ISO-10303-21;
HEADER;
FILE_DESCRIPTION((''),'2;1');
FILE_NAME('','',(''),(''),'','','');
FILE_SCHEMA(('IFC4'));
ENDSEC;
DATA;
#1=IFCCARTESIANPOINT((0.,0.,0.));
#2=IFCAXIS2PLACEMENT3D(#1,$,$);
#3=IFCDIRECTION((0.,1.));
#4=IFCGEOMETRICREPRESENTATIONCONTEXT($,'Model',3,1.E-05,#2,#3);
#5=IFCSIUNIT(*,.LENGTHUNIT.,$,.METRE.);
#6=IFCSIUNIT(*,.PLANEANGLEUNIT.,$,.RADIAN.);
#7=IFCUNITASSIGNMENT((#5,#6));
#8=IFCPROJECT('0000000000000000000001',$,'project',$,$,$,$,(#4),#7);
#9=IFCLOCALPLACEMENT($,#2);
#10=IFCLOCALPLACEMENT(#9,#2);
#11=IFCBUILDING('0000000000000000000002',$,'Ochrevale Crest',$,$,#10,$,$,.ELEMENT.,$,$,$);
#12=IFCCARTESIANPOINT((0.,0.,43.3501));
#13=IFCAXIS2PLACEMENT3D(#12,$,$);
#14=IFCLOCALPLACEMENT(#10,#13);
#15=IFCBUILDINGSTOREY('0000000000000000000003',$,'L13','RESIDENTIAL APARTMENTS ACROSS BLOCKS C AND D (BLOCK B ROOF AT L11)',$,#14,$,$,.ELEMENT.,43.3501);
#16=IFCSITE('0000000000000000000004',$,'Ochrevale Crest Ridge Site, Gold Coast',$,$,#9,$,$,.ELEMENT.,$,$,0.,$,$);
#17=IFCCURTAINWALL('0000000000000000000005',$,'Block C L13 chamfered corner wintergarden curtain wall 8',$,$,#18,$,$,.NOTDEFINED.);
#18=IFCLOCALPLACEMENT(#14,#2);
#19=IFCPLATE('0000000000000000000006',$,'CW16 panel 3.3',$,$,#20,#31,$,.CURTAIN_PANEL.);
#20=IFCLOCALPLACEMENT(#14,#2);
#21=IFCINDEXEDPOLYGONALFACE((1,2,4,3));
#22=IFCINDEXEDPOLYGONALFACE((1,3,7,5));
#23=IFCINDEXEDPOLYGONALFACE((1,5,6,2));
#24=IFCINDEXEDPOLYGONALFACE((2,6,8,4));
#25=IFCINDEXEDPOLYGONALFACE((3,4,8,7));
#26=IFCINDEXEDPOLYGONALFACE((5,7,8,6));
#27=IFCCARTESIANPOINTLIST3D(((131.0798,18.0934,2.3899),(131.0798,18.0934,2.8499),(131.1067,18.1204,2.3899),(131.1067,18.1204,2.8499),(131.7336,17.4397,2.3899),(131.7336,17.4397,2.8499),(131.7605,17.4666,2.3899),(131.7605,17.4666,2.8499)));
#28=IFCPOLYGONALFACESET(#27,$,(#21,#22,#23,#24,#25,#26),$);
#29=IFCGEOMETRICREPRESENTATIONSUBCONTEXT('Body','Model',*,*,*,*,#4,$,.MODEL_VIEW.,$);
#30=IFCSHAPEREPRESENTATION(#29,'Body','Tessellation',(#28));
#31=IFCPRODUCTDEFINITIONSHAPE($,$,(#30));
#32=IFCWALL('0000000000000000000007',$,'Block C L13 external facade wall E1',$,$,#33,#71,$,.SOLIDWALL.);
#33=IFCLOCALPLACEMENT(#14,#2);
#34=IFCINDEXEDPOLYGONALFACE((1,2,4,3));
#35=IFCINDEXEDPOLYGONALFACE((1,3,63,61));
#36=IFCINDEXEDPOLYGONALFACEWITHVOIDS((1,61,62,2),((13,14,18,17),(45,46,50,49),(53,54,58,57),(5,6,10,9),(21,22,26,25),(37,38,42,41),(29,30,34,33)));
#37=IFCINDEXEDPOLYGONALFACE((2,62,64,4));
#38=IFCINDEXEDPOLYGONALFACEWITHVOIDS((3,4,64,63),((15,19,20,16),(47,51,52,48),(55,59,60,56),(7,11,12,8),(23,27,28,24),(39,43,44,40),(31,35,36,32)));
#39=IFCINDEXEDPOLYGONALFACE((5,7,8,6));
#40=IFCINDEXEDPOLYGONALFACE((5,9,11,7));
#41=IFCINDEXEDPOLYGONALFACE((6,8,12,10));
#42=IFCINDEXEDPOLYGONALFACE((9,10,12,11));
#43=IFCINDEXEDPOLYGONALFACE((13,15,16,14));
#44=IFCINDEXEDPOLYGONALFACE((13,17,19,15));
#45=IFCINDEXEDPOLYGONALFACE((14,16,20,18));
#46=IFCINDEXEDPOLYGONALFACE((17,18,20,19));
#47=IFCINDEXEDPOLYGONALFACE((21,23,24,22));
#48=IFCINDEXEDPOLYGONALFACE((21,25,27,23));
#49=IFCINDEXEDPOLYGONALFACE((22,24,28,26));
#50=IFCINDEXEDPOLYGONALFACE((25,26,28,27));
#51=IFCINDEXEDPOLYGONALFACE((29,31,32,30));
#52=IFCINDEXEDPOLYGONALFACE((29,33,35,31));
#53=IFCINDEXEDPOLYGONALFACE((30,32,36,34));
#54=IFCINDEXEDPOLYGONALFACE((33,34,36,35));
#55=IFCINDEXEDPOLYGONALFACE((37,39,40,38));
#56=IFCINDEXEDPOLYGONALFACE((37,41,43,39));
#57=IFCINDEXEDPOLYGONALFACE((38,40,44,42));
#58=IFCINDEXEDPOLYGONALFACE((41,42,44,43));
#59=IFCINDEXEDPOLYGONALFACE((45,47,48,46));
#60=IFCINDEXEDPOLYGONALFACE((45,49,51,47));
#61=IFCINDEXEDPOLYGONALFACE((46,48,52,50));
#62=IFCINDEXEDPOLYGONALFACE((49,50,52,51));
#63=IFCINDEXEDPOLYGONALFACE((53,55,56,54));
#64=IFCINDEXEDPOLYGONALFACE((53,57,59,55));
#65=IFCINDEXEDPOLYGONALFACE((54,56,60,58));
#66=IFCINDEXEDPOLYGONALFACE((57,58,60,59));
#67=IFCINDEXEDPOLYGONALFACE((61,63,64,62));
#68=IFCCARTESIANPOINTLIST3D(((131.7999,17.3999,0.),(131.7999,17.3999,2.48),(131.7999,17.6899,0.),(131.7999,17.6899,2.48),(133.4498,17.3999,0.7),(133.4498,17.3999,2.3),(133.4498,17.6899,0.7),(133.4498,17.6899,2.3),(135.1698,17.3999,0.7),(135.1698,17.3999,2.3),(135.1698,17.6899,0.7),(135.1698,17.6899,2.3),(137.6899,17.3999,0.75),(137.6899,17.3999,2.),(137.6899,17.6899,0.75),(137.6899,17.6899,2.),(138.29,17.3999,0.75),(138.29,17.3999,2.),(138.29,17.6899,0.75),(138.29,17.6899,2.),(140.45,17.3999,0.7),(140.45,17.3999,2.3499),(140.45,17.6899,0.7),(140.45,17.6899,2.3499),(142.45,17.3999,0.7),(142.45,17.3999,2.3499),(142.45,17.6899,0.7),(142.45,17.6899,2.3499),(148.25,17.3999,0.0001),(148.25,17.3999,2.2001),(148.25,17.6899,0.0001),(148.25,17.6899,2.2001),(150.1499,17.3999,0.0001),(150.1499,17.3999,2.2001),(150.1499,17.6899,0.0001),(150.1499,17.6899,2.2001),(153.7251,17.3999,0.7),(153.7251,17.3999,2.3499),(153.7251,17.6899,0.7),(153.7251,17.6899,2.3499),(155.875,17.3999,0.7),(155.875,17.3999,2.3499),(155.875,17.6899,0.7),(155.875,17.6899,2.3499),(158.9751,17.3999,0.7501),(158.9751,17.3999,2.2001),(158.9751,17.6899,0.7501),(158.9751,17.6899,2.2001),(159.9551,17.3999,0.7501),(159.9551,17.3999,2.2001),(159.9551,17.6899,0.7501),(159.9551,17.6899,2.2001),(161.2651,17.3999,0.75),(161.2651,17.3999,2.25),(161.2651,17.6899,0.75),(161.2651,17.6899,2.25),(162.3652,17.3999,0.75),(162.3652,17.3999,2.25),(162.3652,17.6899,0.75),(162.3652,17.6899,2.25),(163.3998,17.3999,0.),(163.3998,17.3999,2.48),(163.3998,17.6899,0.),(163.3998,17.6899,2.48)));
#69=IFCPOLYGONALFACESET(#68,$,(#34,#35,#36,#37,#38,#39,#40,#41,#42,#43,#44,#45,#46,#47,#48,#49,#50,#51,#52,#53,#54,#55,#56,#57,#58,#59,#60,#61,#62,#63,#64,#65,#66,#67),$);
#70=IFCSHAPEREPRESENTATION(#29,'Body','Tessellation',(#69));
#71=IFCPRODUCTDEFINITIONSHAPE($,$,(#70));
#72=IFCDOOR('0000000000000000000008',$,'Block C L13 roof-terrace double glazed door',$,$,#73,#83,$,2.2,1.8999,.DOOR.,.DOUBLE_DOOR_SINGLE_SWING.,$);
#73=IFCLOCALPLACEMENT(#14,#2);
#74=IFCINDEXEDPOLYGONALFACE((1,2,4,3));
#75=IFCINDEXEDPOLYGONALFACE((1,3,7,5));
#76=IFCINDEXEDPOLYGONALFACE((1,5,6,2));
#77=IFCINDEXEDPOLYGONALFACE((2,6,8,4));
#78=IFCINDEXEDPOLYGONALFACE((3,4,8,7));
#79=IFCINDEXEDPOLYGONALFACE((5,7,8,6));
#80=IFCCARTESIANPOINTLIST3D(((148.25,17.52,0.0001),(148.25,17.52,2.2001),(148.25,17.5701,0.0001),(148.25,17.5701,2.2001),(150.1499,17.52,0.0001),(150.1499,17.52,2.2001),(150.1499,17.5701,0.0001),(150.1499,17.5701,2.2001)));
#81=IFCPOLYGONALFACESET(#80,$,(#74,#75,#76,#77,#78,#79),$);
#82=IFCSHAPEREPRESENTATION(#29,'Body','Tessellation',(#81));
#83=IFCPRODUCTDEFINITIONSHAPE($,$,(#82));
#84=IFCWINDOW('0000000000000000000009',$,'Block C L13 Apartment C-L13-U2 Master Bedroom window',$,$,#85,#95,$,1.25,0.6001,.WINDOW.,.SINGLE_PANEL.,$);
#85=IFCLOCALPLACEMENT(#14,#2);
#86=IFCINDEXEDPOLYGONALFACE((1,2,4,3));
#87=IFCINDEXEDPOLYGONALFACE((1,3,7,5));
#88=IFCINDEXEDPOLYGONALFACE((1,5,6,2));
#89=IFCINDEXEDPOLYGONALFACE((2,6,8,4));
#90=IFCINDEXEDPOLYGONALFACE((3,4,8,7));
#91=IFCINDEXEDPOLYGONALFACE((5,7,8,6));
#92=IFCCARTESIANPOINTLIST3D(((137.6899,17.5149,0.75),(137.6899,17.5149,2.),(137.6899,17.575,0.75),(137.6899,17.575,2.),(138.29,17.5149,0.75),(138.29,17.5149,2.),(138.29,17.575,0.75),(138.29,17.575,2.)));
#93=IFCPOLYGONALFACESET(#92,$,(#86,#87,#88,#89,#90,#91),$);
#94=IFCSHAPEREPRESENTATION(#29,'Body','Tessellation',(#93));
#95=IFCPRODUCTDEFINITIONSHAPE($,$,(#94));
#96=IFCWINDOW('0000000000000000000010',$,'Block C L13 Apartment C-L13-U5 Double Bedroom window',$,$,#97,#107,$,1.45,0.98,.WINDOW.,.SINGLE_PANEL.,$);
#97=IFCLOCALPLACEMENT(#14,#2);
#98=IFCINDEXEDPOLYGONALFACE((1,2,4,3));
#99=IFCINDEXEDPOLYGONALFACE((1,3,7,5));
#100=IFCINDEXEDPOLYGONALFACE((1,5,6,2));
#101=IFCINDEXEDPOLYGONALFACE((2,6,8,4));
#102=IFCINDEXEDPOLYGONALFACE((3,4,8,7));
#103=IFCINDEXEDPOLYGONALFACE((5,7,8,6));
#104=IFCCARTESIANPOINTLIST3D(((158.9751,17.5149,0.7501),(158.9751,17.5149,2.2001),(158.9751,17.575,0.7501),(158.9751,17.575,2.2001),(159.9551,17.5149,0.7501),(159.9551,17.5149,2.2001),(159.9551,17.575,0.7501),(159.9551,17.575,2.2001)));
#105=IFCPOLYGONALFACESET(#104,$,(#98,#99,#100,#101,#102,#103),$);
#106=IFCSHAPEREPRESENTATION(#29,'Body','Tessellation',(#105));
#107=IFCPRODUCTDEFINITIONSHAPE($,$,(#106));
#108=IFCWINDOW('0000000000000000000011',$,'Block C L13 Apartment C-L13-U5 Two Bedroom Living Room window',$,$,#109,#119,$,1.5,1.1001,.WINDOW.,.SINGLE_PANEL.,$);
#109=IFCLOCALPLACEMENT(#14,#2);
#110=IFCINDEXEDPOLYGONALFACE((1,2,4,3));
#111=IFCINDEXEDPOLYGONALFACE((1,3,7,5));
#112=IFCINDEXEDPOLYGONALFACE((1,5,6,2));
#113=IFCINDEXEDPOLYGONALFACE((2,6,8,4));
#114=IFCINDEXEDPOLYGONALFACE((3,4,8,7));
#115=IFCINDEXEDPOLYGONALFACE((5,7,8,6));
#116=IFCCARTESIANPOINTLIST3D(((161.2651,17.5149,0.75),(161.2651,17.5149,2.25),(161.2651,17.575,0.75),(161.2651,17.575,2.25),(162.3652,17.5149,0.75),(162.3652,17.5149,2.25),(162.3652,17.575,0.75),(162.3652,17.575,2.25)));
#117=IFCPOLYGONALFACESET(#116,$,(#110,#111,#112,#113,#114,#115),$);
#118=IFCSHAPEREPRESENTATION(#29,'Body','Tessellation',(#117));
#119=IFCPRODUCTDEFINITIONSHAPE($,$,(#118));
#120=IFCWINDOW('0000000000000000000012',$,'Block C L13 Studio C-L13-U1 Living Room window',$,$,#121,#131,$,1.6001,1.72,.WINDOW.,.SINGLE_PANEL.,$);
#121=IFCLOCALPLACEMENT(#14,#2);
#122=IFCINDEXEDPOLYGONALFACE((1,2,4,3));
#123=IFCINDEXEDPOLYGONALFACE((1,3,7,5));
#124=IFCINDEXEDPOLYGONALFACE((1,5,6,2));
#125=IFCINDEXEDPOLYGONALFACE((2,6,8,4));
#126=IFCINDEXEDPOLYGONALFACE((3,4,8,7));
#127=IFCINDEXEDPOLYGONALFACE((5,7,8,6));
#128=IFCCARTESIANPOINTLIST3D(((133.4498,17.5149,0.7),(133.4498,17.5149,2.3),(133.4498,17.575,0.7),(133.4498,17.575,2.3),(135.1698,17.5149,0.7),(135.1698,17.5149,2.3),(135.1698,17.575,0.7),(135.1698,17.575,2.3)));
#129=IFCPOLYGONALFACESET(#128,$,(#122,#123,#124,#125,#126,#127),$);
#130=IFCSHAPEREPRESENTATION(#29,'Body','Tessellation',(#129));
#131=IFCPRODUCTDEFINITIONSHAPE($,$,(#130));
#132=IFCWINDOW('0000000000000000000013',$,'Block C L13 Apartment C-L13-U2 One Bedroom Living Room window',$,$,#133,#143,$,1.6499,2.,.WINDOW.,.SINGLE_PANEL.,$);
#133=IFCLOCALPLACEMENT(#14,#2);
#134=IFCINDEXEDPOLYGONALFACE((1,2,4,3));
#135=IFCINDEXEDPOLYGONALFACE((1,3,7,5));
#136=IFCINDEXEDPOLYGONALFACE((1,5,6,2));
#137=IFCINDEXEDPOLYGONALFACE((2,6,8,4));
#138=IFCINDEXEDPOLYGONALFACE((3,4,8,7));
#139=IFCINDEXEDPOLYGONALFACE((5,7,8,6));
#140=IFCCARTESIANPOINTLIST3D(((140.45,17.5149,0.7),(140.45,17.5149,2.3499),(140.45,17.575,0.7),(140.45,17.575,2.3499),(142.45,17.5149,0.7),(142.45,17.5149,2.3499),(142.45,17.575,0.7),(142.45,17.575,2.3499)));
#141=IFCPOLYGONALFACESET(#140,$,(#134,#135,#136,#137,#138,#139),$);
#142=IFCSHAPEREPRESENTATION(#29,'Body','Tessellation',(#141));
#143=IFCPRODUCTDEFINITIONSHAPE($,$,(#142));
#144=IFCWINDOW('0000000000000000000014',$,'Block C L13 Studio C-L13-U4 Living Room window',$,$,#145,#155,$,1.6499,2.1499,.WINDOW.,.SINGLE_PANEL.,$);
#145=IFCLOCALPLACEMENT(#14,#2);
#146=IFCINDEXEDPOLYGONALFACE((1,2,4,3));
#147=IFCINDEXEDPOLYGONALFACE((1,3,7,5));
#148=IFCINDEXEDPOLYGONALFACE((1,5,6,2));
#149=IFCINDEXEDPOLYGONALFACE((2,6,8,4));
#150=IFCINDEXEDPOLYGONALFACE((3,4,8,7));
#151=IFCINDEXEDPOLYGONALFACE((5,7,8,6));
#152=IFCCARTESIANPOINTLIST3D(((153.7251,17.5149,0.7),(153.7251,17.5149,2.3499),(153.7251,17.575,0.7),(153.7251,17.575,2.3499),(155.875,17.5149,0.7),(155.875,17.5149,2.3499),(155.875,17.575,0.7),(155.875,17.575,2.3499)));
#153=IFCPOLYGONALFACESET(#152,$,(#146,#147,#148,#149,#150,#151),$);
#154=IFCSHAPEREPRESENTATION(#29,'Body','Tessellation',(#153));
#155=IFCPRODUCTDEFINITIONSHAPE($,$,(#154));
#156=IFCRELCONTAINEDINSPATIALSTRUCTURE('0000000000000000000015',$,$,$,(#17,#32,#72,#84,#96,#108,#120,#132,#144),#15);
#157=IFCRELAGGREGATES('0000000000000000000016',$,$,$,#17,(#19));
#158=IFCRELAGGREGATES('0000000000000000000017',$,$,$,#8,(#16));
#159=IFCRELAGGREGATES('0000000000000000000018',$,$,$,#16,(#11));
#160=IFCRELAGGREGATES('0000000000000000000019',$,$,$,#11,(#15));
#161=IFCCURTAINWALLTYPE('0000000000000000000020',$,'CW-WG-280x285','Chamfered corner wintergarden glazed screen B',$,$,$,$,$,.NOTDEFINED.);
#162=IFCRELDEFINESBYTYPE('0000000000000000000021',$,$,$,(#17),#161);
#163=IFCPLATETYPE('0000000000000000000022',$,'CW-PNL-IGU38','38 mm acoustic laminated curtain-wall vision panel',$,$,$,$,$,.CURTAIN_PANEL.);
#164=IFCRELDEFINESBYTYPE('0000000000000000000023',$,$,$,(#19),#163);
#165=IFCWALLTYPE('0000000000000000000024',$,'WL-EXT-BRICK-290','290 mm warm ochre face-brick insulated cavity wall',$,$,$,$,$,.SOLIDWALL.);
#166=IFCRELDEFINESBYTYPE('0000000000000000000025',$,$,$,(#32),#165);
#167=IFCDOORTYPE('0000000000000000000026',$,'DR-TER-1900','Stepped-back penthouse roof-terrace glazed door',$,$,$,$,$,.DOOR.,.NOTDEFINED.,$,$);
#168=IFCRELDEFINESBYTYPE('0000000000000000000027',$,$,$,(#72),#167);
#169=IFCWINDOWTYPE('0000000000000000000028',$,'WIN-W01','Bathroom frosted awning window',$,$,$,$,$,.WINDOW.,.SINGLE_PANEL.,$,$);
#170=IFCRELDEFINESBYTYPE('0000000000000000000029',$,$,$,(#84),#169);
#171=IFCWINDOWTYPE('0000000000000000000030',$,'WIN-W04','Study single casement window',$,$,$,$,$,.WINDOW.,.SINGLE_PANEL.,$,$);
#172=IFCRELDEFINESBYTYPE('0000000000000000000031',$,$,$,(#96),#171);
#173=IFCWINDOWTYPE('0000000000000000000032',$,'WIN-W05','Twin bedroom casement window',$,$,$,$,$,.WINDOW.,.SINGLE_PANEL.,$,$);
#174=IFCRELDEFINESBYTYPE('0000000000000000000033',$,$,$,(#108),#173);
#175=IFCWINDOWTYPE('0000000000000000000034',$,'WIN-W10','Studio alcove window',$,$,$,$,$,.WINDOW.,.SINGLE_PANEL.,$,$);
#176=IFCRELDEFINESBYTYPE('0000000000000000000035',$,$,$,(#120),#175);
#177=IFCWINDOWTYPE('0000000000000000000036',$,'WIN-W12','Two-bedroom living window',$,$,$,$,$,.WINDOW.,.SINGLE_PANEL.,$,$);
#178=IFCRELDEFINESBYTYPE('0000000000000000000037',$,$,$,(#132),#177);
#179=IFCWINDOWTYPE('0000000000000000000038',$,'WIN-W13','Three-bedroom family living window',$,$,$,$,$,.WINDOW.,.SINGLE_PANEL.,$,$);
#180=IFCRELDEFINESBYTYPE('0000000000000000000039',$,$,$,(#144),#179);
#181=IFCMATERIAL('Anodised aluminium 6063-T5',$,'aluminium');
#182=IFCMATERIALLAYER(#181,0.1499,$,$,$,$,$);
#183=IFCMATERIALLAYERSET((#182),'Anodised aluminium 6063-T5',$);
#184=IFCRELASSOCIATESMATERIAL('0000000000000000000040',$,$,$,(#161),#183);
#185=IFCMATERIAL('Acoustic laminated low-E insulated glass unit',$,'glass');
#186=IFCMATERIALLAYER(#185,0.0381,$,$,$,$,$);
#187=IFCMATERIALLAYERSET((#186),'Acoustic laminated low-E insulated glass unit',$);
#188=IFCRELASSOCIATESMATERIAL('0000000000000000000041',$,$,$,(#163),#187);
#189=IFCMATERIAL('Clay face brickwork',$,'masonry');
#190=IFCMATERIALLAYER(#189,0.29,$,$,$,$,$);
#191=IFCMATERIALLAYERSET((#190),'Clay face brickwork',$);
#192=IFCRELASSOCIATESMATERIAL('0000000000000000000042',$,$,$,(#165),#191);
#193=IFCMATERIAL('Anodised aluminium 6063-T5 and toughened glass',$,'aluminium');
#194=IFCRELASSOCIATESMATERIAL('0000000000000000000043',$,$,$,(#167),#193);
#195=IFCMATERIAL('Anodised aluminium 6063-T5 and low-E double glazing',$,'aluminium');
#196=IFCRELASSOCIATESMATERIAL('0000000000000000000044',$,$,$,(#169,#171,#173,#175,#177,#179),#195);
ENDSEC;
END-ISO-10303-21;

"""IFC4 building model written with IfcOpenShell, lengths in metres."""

from ifc_helpers import new_model, si_unit, direction, frame, frame_2d, origin, origin_2d, place, context, subcontext, project, spatial, rectangle, extrude, material, layer, layer_set, type_object, element, fill, aggregate, save


model = new_model("IFC4")

# Units and contexts
model_context = context("Model", 3, precision=1e-05, world=origin(), true_north=direction((0.0, 1.0)))
body_context = subcontext(model_context, "Body", "Model", "MODEL_VIEW")
ifc_project = project(units=[si_unit("LENGTHUNIT", "METRE"), si_unit("PLANEANGLEUNIT", "RADIAN")], contexts=[model_context])

# Site, building, storey
site_placement = place(None, origin())
site = spatial("IfcSite", under=ifc_project, at=site_placement, Name="Ochrevale Crest Ridge Site, Gold Coast", CompositionType="ELEMENT", RefElevation=0.0)
building_placement = place(site_placement, origin())
building = spatial("IfcBuilding", under=site, at=building_placement, Name="Ochrevale Crest", CompositionType="ELEMENT")
storey_placement = place(building_placement, frame((0.0, 0.0, 43.3501)))
storey = spatial("IfcBuildingStorey", under=building, at=storey_placement, Name="L13", Description="RESIDENTIAL APARTMENTS ACROSS BLOCKS C AND D (BLOCK B ROOF AT L11)", CompositionType="ELEMENT", Elevation=43.3501)

# Curtain wall, plate
ifc_material_1 = material(Name="Anodised aluminium 6063-T5", Category="aluminium")
ifc_layer_1 = layer(ifc_material_1, 0.1499)
ifc_layer_set_1 = layer_set([ifc_layer_1], Name="Anodised aluminium 6063-T5")
curtain_wall_type = type_object("IfcCurtainWallType", Name="CW-WG-280x285", Description="Chamfered corner wintergarden glazed screen B", PredefinedType="NOTDEFINED", material=ifc_layer_set_1)
curtain_wall_placement = place(storey_placement, origin())
curtain_wall = element("IfcCurtainWall", 1, at=curtain_wall_placement, inside=storey, type_object=curtain_wall_type, Name="Block C L13 chamfered corner wintergarden curtain wall 8", PredefinedType="NOTDEFINED")
ifc_material_2 = material(Name="Acoustic laminated low-E insulated glass unit", Category="glass")
ifc_layer_2 = layer(ifc_material_2, 0.0381)
ifc_layer_set_2 = layer_set([ifc_layer_2], Name="Acoustic laminated low-E insulated glass unit")
plate_type = type_object("IfcPlateType", Name="CW-PNL-IGU38", Description="38 mm acoustic laminated curtain-wall vision panel", PredefinedType="CURTAIN_PANEL", material=ifc_layer_set_2)
plate_1_placement = place(storey_placement, frame((131.4202, 17.78, 2.3899), z_axis=(0.0, 0.0, 1.0), x_axis=(0.707107, -0.707107, 0.0)))
plate_1 = element("IfcPlate", 2, at=plate_1_placement, type_object=plate_type, Name="CW16 panel 3.3", PredefinedType="CURTAIN_PANEL", context=body_context, shape_type="SweptSolid", body=[
    extrude(rectangle(XDim=0.9246, YDim=0.0381, at=origin_2d()), origin(), (0.0, 0.0, 1.0), 0.46),
])
aggregate(curtain_wall, [plate_1])

# Wall, openings, door, windows
ifc_material_3 = material(Name="Clay face brickwork", Category="masonry")
ifc_layer_3 = layer(ifc_material_3, 0.29)
ifc_layer_set_3 = layer_set([ifc_layer_3], Name="Clay face brickwork")
wall_type_1 = type_object("IfcWallType", Name="WL-EXT-BRICK-290", Description="290 mm warm ochre face-brick insulated cavity wall", PredefinedType="SOLIDWALL", material=ifc_layer_set_3)
wall_1_placement = place(storey_placement, frame((131.8, 17.5449, 0.0), z_axis=(0.0, 0.0, 1.0), x_axis=(1.0, 0.0, 0.0)))
wall_1 = element("IfcWall", 3, at=wall_1_placement, inside=storey, type_object=wall_type_1, Name="Block C L13 external facade wall E1", PredefinedType="SOLIDWALL", context=body_context, shape_type="SweptSolid", body=[
    extrude(rectangle(XDim=31.5999, YDim=0.29, at=frame_2d((15.7998, 0.0))), origin(), (0.0, 0.0, 1.0), 2.48),
])
opening_1_placement = place(wall_1_placement, frame((18.3499, 0.0, 0.0), z_axis=(0.0, 0.0, 1.0), x_axis=(-1.0, 0.0, 0.0)))
opening_1 = element("IfcOpeningElement", 4, at=opening_1_placement, cuts=wall_1, PredefinedType="OPENING", context=body_context, shape_type="SweptSolid", body=[
    extrude(rectangle(XDim=1.8999, YDim=2.2, at=frame_2d((0.95, 1.1001))), frame((0.0, 0.155, 0.0), z_axis=(0.0, -1.0, 0.0), x_axis=(1.0, 0.0, 0.0)), (0.0, 0.0, 1.0), 0.3101),
])
opening_2_placement = place(wall_1_placement, frame((1.6499, 0.0, 0.7)))
opening_2 = element("IfcOpeningElement", 5, at=opening_2_placement, cuts=wall_1, PredefinedType="OPENING", context=body_context, shape_type="SweptSolid", body=[
    extrude(rectangle(XDim=1.72, YDim=1.6001, at=frame_2d((0.8599, 0.8))), frame((0.0, 0.155, 0.0), z_axis=(0.0, -1.0, 0.0), x_axis=(1.0, 0.0, 0.0)), (0.0, 0.0, 1.0), 0.3101),
])
opening_3_placement = place(wall_1_placement, frame((5.8899, 0.0, 0.75)))
opening_3 = element("IfcOpeningElement", 6, at=opening_3_placement, cuts=wall_1, PredefinedType="OPENING", context=body_context, shape_type="SweptSolid", body=[
    extrude(rectangle(XDim=0.6001, YDim=1.25, at=frame_2d((0.3, 0.625))), frame((0.0, 0.155, 0.0), z_axis=(0.0, -1.0, 0.0), x_axis=(1.0, 0.0, 0.0)), (0.0, 0.0, 1.0), 0.3101),
])
opening_4_placement = place(wall_1_placement, frame((8.6499, 0.0, 0.7)))
opening_4 = element("IfcOpeningElement", 7, at=opening_4_placement, cuts=wall_1, PredefinedType="OPENING", context=body_context, shape_type="SweptSolid", body=[
    extrude(rectangle(XDim=2.0, YDim=1.6499, at=frame_2d((1.0, 0.825))), frame((0.0, 0.155, 0.0), z_axis=(0.0, -1.0, 0.0), x_axis=(1.0, 0.0, 0.0)), (0.0, 0.0, 1.0), 0.3101),
])
opening_5_placement = place(wall_1_placement, frame((21.925, 0.0, 0.7)))
opening_5 = element("IfcOpeningElement", 8, at=opening_5_placement, cuts=wall_1, PredefinedType="OPENING", context=body_context, shape_type="SweptSolid", body=[
    extrude(rectangle(XDim=2.1499, YDim=1.6499, at=frame_2d((1.075, 0.825))), frame((0.0, 0.155, 0.0), z_axis=(0.0, -1.0, 0.0), x_axis=(1.0, 0.0, 0.0)), (0.0, 0.0, 1.0), 0.3101),
])
opening_6_placement = place(wall_1_placement, frame((27.175, 0.0, 0.75)))
opening_6 = element("IfcOpeningElement", 9, at=opening_6_placement, cuts=wall_1, PredefinedType="OPENING", context=body_context, shape_type="SweptSolid", body=[
    extrude(rectangle(XDim=0.98, YDim=1.45, at=frame_2d((0.49, 0.7251))), frame((0.0, 0.155, 0.0), z_axis=(0.0, -1.0, 0.0), x_axis=(1.0, 0.0, 0.0)), (0.0, 0.0, 1.0), 0.3101),
])
opening_7_placement = place(wall_1_placement, frame((29.4651, 0.0, 0.75)))
opening_7 = element("IfcOpeningElement", 10, at=opening_7_placement, cuts=wall_1, PredefinedType="OPENING", context=body_context, shape_type="SweptSolid", body=[
    extrude(rectangle(XDim=1.1001, YDim=1.5, at=frame_2d((0.55, 0.75))), frame((0.0, 0.155, 0.0), z_axis=(0.0, -1.0, 0.0), x_axis=(1.0, 0.0, 0.0)), (0.0, 0.0, 1.0), 0.3101),
])
ifc_material_4 = material(Name="Anodised aluminium 6063-T5 and toughened glass", Category="aluminium")
door_type = type_object("IfcDoorType", Name="DR-TER-1900", Description="Stepped-back penthouse roof-terrace glazed door", OperationType="NOTDEFINED", PredefinedType="DOOR", material=ifc_material_4)
door_placement = place(opening_1_placement, origin())
door = element("IfcDoor", 11, at=door_placement, inside=storey, type_object=door_type, Name="Block C L13 roof-terrace double glazed door", OperationType="DOUBLE_DOOR_SINGLE_SWING", OverallHeight=2.2, OverallWidth=1.8999, PredefinedType="DOOR", context=body_context, shape_type="SweptSolid", body=[
    extrude(rectangle(XDim=1.8999, YDim=2.2, at=frame_2d((0.95, 1.1001))), frame((0.0, 0.0249, 0.0), z_axis=(0.0, -1.0, 0.0), x_axis=(1.0, 0.0, 0.0)), (0.0, 0.0, 1.0), 0.05),
])
fill(opening_1, door)
ifc_material_5 = material(Name="Anodised aluminium 6063-T5 and low-E double glazing", Category="aluminium")
window_type_1 = type_object("IfcWindowType", Name="WIN-W01", Description="Bathroom frosted awning window", PartitioningType="SINGLE_PANEL", PredefinedType="WINDOW", material=ifc_material_5)
window_1_placement = place(opening_3_placement, origin())
window_1 = element("IfcWindow", 12, at=window_1_placement, inside=storey, type_object=window_type_1, Name="Block C L13 Apartment C-L13-U2 Master Bedroom window", OverallHeight=1.25, OverallWidth=0.6001, PartitioningType="SINGLE_PANEL", PredefinedType="WINDOW", context=body_context, shape_type="SweptSolid", body=[
    extrude(rectangle(XDim=0.6001, YDim=1.25, at=frame_2d((0.3, 0.625))), frame((0.0, 0.03, 0.0), z_axis=(0.0, -1.0, 0.0), x_axis=(1.0, 0.0, 0.0)), (0.0, 0.0, 1.0), 0.0601),
])
fill(opening_3, window_1)
window_type_2 = type_object("IfcWindowType", Name="WIN-W04", Description="Study single casement window", PartitioningType="SINGLE_PANEL", PredefinedType="WINDOW", material=ifc_material_5)
window_2_placement = place(opening_6_placement, origin())
window_2 = element("IfcWindow", 13, at=window_2_placement, inside=storey, type_object=window_type_2, Name="Block C L13 Apartment C-L13-U5 Double Bedroom window", OverallHeight=1.45, OverallWidth=0.98, PartitioningType="SINGLE_PANEL", PredefinedType="WINDOW", context=body_context, shape_type="SweptSolid", body=[
    extrude(rectangle(XDim=0.98, YDim=1.45, at=frame_2d((0.49, 0.7251))), frame((0.0, 0.03, 0.0), z_axis=(0.0, -1.0, 0.0), x_axis=(1.0, 0.0, 0.0)), (0.0, 0.0, 1.0), 0.0601),
])
fill(opening_6, window_2)
window_type_3 = type_object("IfcWindowType", Name="WIN-W05", Description="Twin bedroom casement window", PartitioningType="SINGLE_PANEL", PredefinedType="WINDOW", material=ifc_material_5)
window_3_placement = place(opening_7_placement, origin())
window_3 = element("IfcWindow", 14, at=window_3_placement, inside=storey, type_object=window_type_3, Name="Block C L13 Apartment C-L13-U5 Two Bedroom Living Room window", OverallHeight=1.5, OverallWidth=1.1001, PartitioningType="SINGLE_PANEL", PredefinedType="WINDOW", context=body_context, shape_type="SweptSolid", body=[
    extrude(rectangle(XDim=1.1001, YDim=1.5, at=frame_2d((0.55, 0.75))), frame((0.0, 0.03, 0.0), z_axis=(0.0, -1.0, 0.0), x_axis=(1.0, 0.0, 0.0)), (0.0, 0.0, 1.0), 0.0601),
])
fill(opening_7, window_3)
window_type_4 = type_object("IfcWindowType", Name="WIN-W10", Description="Studio alcove window", PartitioningType="SINGLE_PANEL", PredefinedType="WINDOW", material=ifc_material_5)
window_4_placement = place(opening_2_placement, origin())
window_4 = element("IfcWindow", 15, at=window_4_placement, inside=storey, type_object=window_type_4, Name="Block C L13 Studio C-L13-U1 Living Room window", OverallHeight=1.6001, OverallWidth=1.72, PartitioningType="SINGLE_PANEL", PredefinedType="WINDOW", context=body_context, shape_type="SweptSolid", body=[
    extrude(rectangle(XDim=1.72, YDim=1.6001, at=frame_2d((0.8599, 0.8))), frame((0.0, 0.03, 0.0), z_axis=(0.0, -1.0, 0.0), x_axis=(1.0, 0.0, 0.0)), (0.0, 0.0, 1.0), 0.0601),
])
fill(opening_2, window_4)
window_type_5 = type_object("IfcWindowType", Name="WIN-W12", Description="Two-bedroom living window", PartitioningType="SINGLE_PANEL", PredefinedType="WINDOW", material=ifc_material_5)
window_5_placement = place(opening_4_placement, origin())
window_5 = element("IfcWindow", 16, at=window_5_placement, inside=storey, type_object=window_type_5, Name="Block C L13 Apartment C-L13-U2 One Bedroom Living Room window", OverallHeight=1.6499, OverallWidth=2.0, PartitioningType="SINGLE_PANEL", PredefinedType="WINDOW", context=body_context, shape_type="SweptSolid", body=[
    extrude(rectangle(XDim=2.0, YDim=1.6499, at=frame_2d((1.0, 0.825))), frame((0.0, 0.03, 0.0), z_axis=(0.0, -1.0, 0.0), x_axis=(1.0, 0.0, 0.0)), (0.0, 0.0, 1.0), 0.0601),
])
fill(opening_4, window_5)
window_type_6 = type_object("IfcWindowType", Name="WIN-W13", Description="Three-bedroom family living window", PartitioningType="SINGLE_PANEL", PredefinedType="WINDOW", material=ifc_material_5)
window_6_placement = place(opening_5_placement, origin())
window_6 = element("IfcWindow", 17, at=window_6_placement, inside=storey, type_object=window_type_6, Name="Block C L13 Studio C-L13-U4 Living Room window", OverallHeight=1.6499, OverallWidth=2.1499, PartitioningType="SINGLE_PANEL", PredefinedType="WINDOW", context=body_context, shape_type="SweptSolid", body=[
    extrude(rectangle(XDim=2.1499, YDim=1.6499, at=frame_2d((1.075, 0.825))), frame((0.0, 0.03, 0.0), z_axis=(0.0, -1.0, 0.0), x_axis=(1.0, 0.0, 0.0)), (0.0, 0.0, 1.0), 0.0601),
])
fill(opening_5, window_6)

save(model, "model.ifc")
